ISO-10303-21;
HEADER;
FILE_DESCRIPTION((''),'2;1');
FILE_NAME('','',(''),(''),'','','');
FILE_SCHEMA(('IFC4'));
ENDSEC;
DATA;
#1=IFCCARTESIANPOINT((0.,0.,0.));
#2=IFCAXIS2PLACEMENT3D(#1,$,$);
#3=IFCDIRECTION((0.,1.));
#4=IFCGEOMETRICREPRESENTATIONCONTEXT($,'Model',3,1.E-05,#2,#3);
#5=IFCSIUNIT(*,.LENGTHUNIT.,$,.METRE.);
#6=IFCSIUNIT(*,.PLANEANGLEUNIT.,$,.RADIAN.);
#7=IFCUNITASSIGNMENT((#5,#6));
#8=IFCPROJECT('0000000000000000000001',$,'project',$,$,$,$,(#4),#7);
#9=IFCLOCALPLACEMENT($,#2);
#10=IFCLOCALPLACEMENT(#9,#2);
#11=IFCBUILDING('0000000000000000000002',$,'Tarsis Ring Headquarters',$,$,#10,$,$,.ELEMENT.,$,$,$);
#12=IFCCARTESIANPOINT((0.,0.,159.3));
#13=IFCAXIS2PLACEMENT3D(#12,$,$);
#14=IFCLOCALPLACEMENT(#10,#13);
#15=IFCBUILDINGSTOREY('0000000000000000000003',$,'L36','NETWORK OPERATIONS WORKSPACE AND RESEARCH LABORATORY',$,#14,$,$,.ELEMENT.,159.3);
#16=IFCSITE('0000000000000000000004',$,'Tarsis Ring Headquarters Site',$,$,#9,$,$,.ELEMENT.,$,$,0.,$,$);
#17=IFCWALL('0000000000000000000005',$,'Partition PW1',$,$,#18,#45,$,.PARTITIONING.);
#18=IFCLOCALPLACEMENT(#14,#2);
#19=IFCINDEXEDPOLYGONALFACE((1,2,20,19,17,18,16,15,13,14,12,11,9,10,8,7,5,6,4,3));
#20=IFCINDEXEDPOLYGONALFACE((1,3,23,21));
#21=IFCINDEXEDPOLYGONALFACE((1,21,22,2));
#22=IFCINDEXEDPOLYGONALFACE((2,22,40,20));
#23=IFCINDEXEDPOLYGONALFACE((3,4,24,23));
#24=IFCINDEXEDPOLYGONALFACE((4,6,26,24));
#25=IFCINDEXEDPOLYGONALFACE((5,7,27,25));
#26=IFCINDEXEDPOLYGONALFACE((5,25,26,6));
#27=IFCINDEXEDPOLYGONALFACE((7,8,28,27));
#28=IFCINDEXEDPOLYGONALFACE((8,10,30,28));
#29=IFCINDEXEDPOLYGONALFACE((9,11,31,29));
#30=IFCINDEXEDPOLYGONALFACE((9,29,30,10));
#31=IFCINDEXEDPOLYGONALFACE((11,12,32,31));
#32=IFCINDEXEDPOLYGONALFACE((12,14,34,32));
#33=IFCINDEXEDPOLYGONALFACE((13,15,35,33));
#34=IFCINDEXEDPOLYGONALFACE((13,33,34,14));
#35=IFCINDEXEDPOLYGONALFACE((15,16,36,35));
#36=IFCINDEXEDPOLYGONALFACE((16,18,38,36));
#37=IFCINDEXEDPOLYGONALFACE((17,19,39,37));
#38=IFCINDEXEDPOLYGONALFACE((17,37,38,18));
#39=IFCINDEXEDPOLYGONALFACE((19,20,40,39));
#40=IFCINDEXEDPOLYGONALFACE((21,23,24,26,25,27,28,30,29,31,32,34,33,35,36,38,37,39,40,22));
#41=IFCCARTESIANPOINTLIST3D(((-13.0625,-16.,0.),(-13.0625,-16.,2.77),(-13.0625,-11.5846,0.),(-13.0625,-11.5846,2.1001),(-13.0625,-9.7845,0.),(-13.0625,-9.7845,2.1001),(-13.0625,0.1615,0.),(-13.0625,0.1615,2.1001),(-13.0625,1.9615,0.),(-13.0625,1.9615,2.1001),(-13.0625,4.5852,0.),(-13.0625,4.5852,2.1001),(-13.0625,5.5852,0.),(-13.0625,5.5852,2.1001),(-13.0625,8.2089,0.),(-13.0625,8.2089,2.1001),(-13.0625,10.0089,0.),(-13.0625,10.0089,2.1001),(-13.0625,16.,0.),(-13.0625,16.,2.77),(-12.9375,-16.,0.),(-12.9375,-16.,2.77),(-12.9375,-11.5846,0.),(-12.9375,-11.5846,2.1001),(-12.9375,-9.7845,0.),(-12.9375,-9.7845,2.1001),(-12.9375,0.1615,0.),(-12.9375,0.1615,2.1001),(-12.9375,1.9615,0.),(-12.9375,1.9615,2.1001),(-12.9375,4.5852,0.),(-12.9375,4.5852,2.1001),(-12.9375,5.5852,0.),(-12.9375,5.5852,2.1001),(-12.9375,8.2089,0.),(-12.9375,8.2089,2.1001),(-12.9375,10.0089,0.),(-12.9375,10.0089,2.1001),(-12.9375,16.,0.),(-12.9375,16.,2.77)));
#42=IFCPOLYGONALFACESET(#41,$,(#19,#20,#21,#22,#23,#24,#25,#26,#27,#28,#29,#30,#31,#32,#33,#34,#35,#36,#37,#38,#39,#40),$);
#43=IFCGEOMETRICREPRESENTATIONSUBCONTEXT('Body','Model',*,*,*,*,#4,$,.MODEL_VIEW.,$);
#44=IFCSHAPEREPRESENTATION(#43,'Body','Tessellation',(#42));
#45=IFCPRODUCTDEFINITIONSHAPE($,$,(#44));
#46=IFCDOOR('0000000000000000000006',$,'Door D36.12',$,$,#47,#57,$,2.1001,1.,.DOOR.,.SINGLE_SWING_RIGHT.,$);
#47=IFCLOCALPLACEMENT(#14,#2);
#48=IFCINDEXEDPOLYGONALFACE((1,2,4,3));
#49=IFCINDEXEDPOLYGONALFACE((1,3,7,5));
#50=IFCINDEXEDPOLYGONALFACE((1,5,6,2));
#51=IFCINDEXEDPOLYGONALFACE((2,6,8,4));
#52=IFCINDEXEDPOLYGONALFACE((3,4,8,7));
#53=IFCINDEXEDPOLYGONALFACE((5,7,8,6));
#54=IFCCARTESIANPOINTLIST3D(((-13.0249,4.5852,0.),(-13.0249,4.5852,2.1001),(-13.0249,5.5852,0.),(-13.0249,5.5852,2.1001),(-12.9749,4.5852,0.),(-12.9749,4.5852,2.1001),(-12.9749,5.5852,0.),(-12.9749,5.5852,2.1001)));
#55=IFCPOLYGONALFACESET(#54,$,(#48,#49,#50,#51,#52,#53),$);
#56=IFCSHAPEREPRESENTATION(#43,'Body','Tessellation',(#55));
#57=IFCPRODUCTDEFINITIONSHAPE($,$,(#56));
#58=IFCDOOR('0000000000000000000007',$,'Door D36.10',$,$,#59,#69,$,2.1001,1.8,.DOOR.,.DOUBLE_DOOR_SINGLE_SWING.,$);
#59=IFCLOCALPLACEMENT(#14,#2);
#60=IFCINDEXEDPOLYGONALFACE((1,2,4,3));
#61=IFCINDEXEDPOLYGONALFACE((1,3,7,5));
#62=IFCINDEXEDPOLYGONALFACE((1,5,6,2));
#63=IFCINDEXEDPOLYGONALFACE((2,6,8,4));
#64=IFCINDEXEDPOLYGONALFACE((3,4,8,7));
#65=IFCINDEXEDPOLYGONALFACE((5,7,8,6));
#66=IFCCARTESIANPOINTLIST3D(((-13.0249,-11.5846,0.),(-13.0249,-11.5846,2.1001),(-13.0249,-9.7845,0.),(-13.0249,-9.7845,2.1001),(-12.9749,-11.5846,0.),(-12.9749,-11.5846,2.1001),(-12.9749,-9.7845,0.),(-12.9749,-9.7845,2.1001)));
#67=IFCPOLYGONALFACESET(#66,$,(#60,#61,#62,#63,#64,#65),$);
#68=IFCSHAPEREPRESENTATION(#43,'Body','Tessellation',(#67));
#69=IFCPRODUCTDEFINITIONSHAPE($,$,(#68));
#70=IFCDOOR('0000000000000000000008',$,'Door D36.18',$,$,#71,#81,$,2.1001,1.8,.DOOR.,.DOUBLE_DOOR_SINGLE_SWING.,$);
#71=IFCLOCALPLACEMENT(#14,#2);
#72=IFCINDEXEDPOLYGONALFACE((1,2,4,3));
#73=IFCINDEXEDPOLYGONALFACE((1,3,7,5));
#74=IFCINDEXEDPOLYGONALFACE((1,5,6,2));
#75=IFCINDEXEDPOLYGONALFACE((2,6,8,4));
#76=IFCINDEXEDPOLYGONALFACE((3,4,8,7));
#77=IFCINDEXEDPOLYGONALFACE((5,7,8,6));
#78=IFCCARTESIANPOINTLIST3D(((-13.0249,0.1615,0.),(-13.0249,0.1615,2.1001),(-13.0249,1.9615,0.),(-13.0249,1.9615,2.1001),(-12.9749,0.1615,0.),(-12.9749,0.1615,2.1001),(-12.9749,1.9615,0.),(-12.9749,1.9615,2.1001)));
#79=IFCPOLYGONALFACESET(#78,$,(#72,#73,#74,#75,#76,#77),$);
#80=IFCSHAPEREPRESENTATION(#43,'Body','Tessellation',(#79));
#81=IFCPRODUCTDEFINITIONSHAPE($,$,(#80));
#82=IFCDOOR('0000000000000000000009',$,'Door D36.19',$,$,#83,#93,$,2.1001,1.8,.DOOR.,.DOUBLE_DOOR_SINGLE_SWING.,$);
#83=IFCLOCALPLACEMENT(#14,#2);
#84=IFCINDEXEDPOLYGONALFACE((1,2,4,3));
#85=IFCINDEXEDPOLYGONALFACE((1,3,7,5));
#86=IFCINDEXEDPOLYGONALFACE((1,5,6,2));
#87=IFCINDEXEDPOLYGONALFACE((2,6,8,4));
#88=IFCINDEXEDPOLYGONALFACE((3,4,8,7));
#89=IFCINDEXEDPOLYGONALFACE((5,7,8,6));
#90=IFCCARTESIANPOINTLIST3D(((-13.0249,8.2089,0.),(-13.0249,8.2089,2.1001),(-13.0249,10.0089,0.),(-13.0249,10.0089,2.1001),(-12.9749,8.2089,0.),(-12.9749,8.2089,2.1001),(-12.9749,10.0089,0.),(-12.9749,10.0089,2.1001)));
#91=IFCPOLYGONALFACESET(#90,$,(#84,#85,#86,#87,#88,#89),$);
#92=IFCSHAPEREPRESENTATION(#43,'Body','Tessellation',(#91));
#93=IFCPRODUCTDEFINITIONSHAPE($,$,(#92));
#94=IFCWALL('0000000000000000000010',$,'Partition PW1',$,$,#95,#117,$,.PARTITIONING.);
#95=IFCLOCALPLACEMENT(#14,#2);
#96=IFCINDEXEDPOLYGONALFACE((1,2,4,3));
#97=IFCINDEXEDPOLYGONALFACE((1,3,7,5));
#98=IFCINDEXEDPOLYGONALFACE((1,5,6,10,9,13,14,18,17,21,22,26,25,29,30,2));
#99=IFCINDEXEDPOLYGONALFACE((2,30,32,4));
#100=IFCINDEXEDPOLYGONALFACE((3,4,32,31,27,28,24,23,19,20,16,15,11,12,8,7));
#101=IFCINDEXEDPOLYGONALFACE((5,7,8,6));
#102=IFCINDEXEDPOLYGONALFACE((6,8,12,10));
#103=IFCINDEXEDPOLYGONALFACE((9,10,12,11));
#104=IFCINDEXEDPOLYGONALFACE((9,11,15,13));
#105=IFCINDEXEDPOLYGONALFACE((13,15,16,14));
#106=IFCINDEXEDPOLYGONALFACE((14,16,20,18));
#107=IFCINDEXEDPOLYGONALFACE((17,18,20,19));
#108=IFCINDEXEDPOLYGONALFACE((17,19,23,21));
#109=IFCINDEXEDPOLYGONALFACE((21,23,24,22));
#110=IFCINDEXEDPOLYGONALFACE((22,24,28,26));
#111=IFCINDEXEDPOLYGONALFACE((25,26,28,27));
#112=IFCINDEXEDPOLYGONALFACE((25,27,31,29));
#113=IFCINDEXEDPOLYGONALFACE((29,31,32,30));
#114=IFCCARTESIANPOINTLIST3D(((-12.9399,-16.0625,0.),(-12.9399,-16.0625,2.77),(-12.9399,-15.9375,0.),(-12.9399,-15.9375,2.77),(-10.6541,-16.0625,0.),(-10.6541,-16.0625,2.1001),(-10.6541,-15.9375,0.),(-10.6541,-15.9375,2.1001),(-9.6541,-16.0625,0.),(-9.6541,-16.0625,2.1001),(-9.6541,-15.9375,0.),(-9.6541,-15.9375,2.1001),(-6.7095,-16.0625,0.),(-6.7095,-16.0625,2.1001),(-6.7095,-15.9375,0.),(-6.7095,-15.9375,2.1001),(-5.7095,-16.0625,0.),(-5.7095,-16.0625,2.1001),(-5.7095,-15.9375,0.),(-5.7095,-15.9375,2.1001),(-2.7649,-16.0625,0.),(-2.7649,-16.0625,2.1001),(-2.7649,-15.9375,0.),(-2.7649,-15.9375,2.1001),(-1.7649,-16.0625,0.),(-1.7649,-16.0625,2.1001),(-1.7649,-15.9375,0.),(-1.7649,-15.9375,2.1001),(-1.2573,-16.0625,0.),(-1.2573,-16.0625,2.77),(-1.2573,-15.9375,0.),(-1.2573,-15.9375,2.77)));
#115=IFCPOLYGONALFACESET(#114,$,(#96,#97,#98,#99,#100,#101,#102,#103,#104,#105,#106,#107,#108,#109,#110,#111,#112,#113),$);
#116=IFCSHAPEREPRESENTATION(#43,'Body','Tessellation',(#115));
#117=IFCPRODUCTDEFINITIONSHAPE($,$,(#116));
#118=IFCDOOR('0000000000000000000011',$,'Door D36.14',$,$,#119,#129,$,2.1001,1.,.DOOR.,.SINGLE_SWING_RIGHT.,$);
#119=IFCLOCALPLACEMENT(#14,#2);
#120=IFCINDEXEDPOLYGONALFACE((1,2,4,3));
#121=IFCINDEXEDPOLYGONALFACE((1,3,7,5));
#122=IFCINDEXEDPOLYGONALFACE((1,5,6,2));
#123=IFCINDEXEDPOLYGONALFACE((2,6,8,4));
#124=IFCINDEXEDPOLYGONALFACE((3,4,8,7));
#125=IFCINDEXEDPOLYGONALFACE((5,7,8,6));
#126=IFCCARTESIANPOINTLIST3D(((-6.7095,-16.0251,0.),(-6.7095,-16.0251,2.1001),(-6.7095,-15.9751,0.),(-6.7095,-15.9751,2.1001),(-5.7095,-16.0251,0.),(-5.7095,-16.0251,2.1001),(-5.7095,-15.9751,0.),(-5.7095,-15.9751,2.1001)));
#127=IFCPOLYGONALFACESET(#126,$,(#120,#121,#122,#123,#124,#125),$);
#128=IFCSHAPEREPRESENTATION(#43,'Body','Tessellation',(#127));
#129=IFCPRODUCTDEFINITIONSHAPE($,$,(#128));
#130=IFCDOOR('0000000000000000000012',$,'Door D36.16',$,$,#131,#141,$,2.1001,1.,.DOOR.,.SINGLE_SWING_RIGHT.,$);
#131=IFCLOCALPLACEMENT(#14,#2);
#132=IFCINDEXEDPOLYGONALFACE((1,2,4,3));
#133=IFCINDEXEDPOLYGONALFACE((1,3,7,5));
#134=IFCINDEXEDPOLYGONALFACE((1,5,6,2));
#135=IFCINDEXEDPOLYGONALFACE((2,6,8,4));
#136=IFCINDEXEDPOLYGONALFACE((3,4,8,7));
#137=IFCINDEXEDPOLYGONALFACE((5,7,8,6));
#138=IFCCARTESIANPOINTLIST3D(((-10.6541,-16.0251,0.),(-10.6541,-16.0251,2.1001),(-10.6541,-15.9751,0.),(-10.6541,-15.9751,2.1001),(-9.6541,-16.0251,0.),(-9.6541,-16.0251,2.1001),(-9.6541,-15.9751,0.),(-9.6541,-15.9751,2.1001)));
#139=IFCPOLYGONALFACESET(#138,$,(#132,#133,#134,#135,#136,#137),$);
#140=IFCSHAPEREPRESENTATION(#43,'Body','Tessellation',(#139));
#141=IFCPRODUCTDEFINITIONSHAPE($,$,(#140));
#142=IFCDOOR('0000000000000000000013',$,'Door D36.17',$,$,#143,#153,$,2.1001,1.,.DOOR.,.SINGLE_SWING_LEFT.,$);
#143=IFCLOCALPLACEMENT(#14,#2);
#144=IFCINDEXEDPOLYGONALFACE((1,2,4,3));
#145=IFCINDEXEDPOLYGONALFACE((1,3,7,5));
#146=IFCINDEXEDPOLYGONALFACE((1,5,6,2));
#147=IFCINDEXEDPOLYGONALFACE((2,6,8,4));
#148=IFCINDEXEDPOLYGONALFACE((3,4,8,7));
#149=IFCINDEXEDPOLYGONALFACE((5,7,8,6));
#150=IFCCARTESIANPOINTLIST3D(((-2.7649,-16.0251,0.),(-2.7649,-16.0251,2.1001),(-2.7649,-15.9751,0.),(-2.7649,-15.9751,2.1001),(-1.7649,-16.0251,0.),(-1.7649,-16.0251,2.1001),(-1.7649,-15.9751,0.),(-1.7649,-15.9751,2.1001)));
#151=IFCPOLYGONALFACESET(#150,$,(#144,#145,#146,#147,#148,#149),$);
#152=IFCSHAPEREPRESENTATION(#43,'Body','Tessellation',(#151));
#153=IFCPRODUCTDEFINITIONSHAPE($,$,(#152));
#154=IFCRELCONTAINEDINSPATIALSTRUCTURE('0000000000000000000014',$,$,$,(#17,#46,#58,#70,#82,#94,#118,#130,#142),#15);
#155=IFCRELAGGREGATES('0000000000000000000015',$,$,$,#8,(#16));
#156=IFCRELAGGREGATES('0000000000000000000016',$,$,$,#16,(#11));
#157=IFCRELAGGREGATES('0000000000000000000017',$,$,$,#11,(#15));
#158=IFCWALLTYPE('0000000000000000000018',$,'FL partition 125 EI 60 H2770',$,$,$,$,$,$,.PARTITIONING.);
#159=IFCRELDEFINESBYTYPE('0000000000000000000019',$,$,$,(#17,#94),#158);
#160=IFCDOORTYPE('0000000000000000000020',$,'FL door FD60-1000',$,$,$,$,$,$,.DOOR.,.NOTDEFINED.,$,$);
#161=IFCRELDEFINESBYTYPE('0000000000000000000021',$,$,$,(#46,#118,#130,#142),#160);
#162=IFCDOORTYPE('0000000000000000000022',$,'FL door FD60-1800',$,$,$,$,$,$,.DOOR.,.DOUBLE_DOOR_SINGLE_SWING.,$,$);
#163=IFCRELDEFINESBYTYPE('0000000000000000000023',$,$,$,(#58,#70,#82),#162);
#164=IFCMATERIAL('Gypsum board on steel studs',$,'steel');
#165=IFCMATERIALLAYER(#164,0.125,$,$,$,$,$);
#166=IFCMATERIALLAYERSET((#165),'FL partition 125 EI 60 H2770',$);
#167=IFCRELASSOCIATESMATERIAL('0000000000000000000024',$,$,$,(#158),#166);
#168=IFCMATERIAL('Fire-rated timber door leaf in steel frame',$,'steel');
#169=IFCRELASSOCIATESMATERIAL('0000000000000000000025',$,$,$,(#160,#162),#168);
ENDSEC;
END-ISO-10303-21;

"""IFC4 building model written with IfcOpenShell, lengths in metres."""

from ifc_helpers import new_model, si_unit, direction, frame, frame_2d, origin, place, context, subcontext, project, spatial, rectangle, extrude, material, layer, layer_set, type_object, element, fill, save


model = new_model("IFC4")

# Units and contexts
model_context = context("Model", 3, precision=1e-05, world=origin(), true_north=direction((0.0, 1.0)))
body_context = subcontext(model_context, "Body", "Model", "MODEL_VIEW")
ifc_project = project(units=[si_unit("LENGTHUNIT", "METRE"), si_unit("PLANEANGLEUNIT", "RADIAN")], contexts=[model_context])

# Site, building, storey
site_placement = place(None, origin())
site = spatial("IfcSite", under=ifc_project, at=site_placement, Name="Tarsis Ring Headquarters Site", CompositionType="ELEMENT", RefElevation=0.0)
building_placement = place(site_placement, origin())
building = spatial("IfcBuilding", under=site, at=building_placement, Name="Tarsis Ring Headquarters", CompositionType="ELEMENT")
storey_placement = place(building_placement, frame((0.0, 0.0, 159.3)))
storey = spatial("IfcBuildingStorey", under=building, at=storey_placement, Name="L36", Description="NETWORK OPERATIONS WORKSPACE AND RESEARCH LABORATORY", CompositionType="ELEMENT", Elevation=159.3)

# Walls, openings, doors
ifc_material_1 = material(Name="Gypsum board on steel studs", Category="steel")
ifc_layer_1 = layer(ifc_material_1, 0.125)
ifc_layer_set_1 = layer_set([ifc_layer_1], Name="FL partition 125 EI 60 H2770")
wall_type_1 = type_object("IfcWallType", Name="FL partition 125 EI 60 H2770", PredefinedType="PARTITIONING", material=ifc_layer_set_1)
wall_1_placement = place(storey_placement, frame((-13.0, -16.0, 0.0), z_axis=(0.0, 0.0, 1.0), x_axis=(0.0, 1.0, 0.0)))
wall_1 = element("IfcWall", 1, at=wall_1_placement, inside=storey, type_object=wall_type_1, Name="Partition PW1", PredefinedType="PARTITIONING", context=body_context, shape_type="SweptSolid", body=[
    extrude(rectangle(XDim=32.0, YDim=0.125, at=frame_2d((16.0, 0.0))), origin(), (0.0, 0.0, 1.0), 2.77),
])
opening_1_placement = place(wall_1_placement, frame((4.4155, 0.0, 0.0)))
opening_1 = element("IfcOpeningElement", 2, at=opening_1_placement, cuts=wall_1, PredefinedType="OPENING", context=body_context, shape_type="SweptSolid", body=[
    extrude(rectangle(XDim=1.8, YDim=2.1001, at=frame_2d((0.8999, 1.05))), frame((0.0, 0.0725, 0.0), z_axis=(0.0, -1.0, 0.0), x_axis=(1.0, 0.0, 0.0)), (0.0, 0.0, 1.0), 0.145),
])
opening_2_placement = place(wall_1_placement, frame((20.5852, 0.0, 0.0)))
opening_2 = element("IfcOpeningElement", 3, at=opening_2_placement, cuts=wall_1, PredefinedType="OPENING", context=body_context, shape_type="SweptSolid", body=[
    extrude(rectangle(XDim=1.0, YDim=2.1001, at=frame_2d((0.5, 1.05))), frame((0.0, 0.0725, 0.0), z_axis=(0.0, -1.0, 0.0), x_axis=(1.0, 0.0, 0.0)), (0.0, 0.0, 1.0), 0.145),
])
opening_3_placement = place(wall_1_placement, frame((16.1616, 0.0, 0.0)))
opening_3 = element("IfcOpeningElement", 4, at=opening_3_placement, cuts=wall_1, PredefinedType="OPENING", context=body_context, shape_type="SweptSolid", body=[
    extrude(rectangle(XDim=1.8, YDim=2.1001, at=frame_2d((0.8999, 1.05))), frame((0.0, 0.0725, 0.0), z_axis=(0.0, -1.0, 0.0), x_axis=(1.0, 0.0, 0.0)), (0.0, 0.0, 1.0), 0.145),
])
opening_4_placement = place(wall_1_placement, frame((24.209, 0.0, 0.0)))
opening_4 = element("IfcOpeningElement", 5, at=opening_4_placement, cuts=wall_1, PredefinedType="OPENING", context=body_context, shape_type="SweptSolid", body=[
    extrude(rectangle(XDim=1.8, YDim=2.1001, at=frame_2d((0.8999, 1.05))), frame((0.0, 0.0725, 0.0), z_axis=(0.0, -1.0, 0.0), x_axis=(1.0, 0.0, 0.0)), (0.0, 0.0, 1.0), 0.145),
])
ifc_material_2 = material(Name="Fire-rated timber door leaf in steel frame", Category="steel")
door_type_1 = type_object("IfcDoorType", Name="FL door FD60-1000", OperationType="NOTDEFINED", PredefinedType="DOOR", material=ifc_material_2)
door_1_placement = place(opening_2_placement, origin())
door_1 = element("IfcDoor", 6, at=door_1_placement, inside=storey, type_object=door_type_1, Name="Door D36.12", OperationType="SINGLE_SWING_RIGHT", OverallHeight=2.1001, OverallWidth=1.0, PredefinedType="DOOR", context=body_context, shape_type="SweptSolid", body=[
    extrude(rectangle(XDim=1.0, YDim=2.1001, at=frame_2d((0.5, 1.05))), frame((0.0, 0.0249, 0.0), z_axis=(0.0, -1.0, 0.0), x_axis=(1.0, 0.0, 0.0)), (0.0, 0.0, 1.0), 0.05),
])
fill(opening_2, door_1)
door_type_2 = type_object("IfcDoorType", Name="FL door FD60-1800", OperationType="DOUBLE_DOOR_SINGLE_SWING", PredefinedType="DOOR", material=ifc_material_2)
door_2_placement = place(opening_1_placement, origin())
door_2 = element("IfcDoor", 7, at=door_2_placement, inside=storey, type_object=door_type_2, Name="Door D36.10", OperationType="DOUBLE_DOOR_SINGLE_SWING", OverallHeight=2.1001, OverallWidth=1.8, PredefinedType="DOOR", context=body_context, shape_type="SweptSolid", body=[
    extrude(rectangle(XDim=1.8, YDim=2.1001, at=frame_2d((0.8999, 1.05))), frame((0.0, 0.0249, 0.0), z_axis=(0.0, -1.0, 0.0), x_axis=(1.0, 0.0, 0.0)), (0.0, 0.0, 1.0), 0.05),
])
fill(opening_1, door_2)
door_3_placement = place(opening_3_placement, origin())
door_3 = element("IfcDoor", 8, at=door_3_placement, inside=storey, type_object=door_type_2, Name="Door D36.18", OperationType="DOUBLE_DOOR_SINGLE_SWING", OverallHeight=2.1001, OverallWidth=1.8, PredefinedType="DOOR", context=body_context, shape_type="SweptSolid", body=[
    extrude(rectangle(XDim=1.8, YDim=2.1001, at=frame_2d((0.8999, 1.05))), frame((0.0, 0.0249, 0.0), z_axis=(0.0, -1.0, 0.0), x_axis=(1.0, 0.0, 0.0)), (0.0, 0.0, 1.0), 0.05),
])
fill(opening_3, door_3)
door_4_placement = place(opening_4_placement, origin())
door_4 = element("IfcDoor", 9, at=door_4_placement, inside=storey, type_object=door_type_2, Name="Door D36.19", OperationType="DOUBLE_DOOR_SINGLE_SWING", OverallHeight=2.1001, OverallWidth=1.8, PredefinedType="DOOR", context=body_context, shape_type="SweptSolid", body=[
    extrude(rectangle(XDim=1.8, YDim=2.1001, at=frame_2d((0.8999, 1.05))), frame((0.0, 0.0249, 0.0), z_axis=(0.0, -1.0, 0.0), x_axis=(1.0, 0.0, 0.0)), (0.0, 0.0, 1.0), 0.05),
])
fill(opening_4, door_4)
wall_2_placement = place(storey_placement, frame((-12.9399, -16.0, 0.0), z_axis=(0.0, 0.0, 1.0), x_axis=(1.0, 0.0, 0.0)))
wall_2 = element("IfcWall", 10, at=wall_2_placement, inside=storey, type_object=wall_type_1, Name="Partition PW1", PredefinedType="PARTITIONING", context=body_context, shape_type="SweptSolid", body=[
    extrude(rectangle(XDim=11.6826, YDim=0.125, at=frame_2d((5.8413, 0.0))), origin(), (0.0, 0.0, 1.0), 2.77),
])
opening_5_placement = place(wall_2_placement, frame((6.2305, 0.0, 0.0)))
opening_5 = element("IfcOpeningElement", 11, at=opening_5_placement, cuts=wall_2, PredefinedType="OPENING", context=body_context, shape_type="SweptSolid", body=[
    extrude(rectangle(XDim=1.0, YDim=2.1001, at=frame_2d((0.5, 1.05))), frame((0.0, 0.0725, 0.0), z_axis=(0.0, -1.0, 0.0), x_axis=(1.0, 0.0, 0.0)), (0.0, 0.0, 1.0), 0.145),
])
opening_6_placement = place(wall_2_placement, frame((2.2859, 0.0, 0.0)))
opening_6 = element("IfcOpeningElement", 12, at=opening_6_placement, cuts=wall_2, PredefinedType="OPENING", context=body_context, shape_type="SweptSolid", body=[
    extrude(rectangle(XDim=1.0, YDim=2.1001, at=frame_2d((0.5, 1.05))), frame((0.0, 0.0725, 0.0), z_axis=(0.0, -1.0, 0.0), x_axis=(1.0, 0.0, 0.0)), (0.0, 0.0, 1.0), 0.145),
])
opening_7_placement = place(wall_2_placement, frame((10.175, 0.0, 0.0)))
opening_7 = element("IfcOpeningElement", 13, at=opening_7_placement, cuts=wall_2, PredefinedType="OPENING", context=body_context, shape_type="SweptSolid", body=[
    extrude(rectangle(XDim=1.0, YDim=2.1001, at=frame_2d((0.5, 1.05))), frame((0.0, 0.0725, 0.0), z_axis=(0.0, -1.0, 0.0), x_axis=(1.0, 0.0, 0.0)), (0.0, 0.0, 1.0), 0.145),
])
door_5_placement = place(opening_5_placement, origin())
door_5 = element("IfcDoor", 14, at=door_5_placement, inside=storey, type_object=door_type_1, Name="Door D36.14", OperationType="SINGLE_SWING_RIGHT", OverallHeight=2.1001, OverallWidth=1.0, PredefinedType="DOOR", context=body_context, shape_type="SweptSolid", body=[
    extrude(rectangle(XDim=1.0, YDim=2.1001, at=frame_2d((0.5, 1.05))), frame((0.0, 0.0249, 0.0), z_axis=(0.0, -1.0, 0.0), x_axis=(1.0, 0.0, 0.0)), (0.0, 0.0, 1.0), 0.05),
])
fill(opening_5, door_5)
door_6_placement = place(opening_6_placement, origin())
door_6 = element("IfcDoor", 15, at=door_6_placement, inside=storey, type_object=door_type_1, Name="Door D36.16", OperationType="SINGLE_SWING_RIGHT", OverallHeight=2.1001, OverallWidth=1.0, PredefinedType="DOOR", context=body_context, shape_type="SweptSolid", body=[
    extrude(rectangle(XDim=1.0, YDim=2.1001, at=frame_2d((0.5, 1.05))), frame((0.0, 0.0249, 0.0), z_axis=(0.0, -1.0, 0.0), x_axis=(1.0, 0.0, 0.0)), (0.0, 0.0, 1.0), 0.05),
])
fill(opening_6, door_6)
door_7_placement = place(opening_7_placement, origin())
door_7 = element("IfcDoor", 16, at=door_7_placement, inside=storey, type_object=door_type_1, Name="Door D36.17", OperationType="SINGLE_SWING_LEFT", OverallHeight=2.1001, OverallWidth=1.0, PredefinedType="DOOR", context=body_context, shape_type="SweptSolid", body=[
    extrude(rectangle(XDim=1.0, YDim=2.1001, at=frame_2d((0.5, 1.05))), frame((0.0, 0.0249, 0.0), z_axis=(0.0, -1.0, 0.0), x_axis=(1.0, 0.0, 0.0)), (0.0, 0.0, 1.0), 0.05),
])
fill(opening_7, door_7)

save(model, "model.ifc")
